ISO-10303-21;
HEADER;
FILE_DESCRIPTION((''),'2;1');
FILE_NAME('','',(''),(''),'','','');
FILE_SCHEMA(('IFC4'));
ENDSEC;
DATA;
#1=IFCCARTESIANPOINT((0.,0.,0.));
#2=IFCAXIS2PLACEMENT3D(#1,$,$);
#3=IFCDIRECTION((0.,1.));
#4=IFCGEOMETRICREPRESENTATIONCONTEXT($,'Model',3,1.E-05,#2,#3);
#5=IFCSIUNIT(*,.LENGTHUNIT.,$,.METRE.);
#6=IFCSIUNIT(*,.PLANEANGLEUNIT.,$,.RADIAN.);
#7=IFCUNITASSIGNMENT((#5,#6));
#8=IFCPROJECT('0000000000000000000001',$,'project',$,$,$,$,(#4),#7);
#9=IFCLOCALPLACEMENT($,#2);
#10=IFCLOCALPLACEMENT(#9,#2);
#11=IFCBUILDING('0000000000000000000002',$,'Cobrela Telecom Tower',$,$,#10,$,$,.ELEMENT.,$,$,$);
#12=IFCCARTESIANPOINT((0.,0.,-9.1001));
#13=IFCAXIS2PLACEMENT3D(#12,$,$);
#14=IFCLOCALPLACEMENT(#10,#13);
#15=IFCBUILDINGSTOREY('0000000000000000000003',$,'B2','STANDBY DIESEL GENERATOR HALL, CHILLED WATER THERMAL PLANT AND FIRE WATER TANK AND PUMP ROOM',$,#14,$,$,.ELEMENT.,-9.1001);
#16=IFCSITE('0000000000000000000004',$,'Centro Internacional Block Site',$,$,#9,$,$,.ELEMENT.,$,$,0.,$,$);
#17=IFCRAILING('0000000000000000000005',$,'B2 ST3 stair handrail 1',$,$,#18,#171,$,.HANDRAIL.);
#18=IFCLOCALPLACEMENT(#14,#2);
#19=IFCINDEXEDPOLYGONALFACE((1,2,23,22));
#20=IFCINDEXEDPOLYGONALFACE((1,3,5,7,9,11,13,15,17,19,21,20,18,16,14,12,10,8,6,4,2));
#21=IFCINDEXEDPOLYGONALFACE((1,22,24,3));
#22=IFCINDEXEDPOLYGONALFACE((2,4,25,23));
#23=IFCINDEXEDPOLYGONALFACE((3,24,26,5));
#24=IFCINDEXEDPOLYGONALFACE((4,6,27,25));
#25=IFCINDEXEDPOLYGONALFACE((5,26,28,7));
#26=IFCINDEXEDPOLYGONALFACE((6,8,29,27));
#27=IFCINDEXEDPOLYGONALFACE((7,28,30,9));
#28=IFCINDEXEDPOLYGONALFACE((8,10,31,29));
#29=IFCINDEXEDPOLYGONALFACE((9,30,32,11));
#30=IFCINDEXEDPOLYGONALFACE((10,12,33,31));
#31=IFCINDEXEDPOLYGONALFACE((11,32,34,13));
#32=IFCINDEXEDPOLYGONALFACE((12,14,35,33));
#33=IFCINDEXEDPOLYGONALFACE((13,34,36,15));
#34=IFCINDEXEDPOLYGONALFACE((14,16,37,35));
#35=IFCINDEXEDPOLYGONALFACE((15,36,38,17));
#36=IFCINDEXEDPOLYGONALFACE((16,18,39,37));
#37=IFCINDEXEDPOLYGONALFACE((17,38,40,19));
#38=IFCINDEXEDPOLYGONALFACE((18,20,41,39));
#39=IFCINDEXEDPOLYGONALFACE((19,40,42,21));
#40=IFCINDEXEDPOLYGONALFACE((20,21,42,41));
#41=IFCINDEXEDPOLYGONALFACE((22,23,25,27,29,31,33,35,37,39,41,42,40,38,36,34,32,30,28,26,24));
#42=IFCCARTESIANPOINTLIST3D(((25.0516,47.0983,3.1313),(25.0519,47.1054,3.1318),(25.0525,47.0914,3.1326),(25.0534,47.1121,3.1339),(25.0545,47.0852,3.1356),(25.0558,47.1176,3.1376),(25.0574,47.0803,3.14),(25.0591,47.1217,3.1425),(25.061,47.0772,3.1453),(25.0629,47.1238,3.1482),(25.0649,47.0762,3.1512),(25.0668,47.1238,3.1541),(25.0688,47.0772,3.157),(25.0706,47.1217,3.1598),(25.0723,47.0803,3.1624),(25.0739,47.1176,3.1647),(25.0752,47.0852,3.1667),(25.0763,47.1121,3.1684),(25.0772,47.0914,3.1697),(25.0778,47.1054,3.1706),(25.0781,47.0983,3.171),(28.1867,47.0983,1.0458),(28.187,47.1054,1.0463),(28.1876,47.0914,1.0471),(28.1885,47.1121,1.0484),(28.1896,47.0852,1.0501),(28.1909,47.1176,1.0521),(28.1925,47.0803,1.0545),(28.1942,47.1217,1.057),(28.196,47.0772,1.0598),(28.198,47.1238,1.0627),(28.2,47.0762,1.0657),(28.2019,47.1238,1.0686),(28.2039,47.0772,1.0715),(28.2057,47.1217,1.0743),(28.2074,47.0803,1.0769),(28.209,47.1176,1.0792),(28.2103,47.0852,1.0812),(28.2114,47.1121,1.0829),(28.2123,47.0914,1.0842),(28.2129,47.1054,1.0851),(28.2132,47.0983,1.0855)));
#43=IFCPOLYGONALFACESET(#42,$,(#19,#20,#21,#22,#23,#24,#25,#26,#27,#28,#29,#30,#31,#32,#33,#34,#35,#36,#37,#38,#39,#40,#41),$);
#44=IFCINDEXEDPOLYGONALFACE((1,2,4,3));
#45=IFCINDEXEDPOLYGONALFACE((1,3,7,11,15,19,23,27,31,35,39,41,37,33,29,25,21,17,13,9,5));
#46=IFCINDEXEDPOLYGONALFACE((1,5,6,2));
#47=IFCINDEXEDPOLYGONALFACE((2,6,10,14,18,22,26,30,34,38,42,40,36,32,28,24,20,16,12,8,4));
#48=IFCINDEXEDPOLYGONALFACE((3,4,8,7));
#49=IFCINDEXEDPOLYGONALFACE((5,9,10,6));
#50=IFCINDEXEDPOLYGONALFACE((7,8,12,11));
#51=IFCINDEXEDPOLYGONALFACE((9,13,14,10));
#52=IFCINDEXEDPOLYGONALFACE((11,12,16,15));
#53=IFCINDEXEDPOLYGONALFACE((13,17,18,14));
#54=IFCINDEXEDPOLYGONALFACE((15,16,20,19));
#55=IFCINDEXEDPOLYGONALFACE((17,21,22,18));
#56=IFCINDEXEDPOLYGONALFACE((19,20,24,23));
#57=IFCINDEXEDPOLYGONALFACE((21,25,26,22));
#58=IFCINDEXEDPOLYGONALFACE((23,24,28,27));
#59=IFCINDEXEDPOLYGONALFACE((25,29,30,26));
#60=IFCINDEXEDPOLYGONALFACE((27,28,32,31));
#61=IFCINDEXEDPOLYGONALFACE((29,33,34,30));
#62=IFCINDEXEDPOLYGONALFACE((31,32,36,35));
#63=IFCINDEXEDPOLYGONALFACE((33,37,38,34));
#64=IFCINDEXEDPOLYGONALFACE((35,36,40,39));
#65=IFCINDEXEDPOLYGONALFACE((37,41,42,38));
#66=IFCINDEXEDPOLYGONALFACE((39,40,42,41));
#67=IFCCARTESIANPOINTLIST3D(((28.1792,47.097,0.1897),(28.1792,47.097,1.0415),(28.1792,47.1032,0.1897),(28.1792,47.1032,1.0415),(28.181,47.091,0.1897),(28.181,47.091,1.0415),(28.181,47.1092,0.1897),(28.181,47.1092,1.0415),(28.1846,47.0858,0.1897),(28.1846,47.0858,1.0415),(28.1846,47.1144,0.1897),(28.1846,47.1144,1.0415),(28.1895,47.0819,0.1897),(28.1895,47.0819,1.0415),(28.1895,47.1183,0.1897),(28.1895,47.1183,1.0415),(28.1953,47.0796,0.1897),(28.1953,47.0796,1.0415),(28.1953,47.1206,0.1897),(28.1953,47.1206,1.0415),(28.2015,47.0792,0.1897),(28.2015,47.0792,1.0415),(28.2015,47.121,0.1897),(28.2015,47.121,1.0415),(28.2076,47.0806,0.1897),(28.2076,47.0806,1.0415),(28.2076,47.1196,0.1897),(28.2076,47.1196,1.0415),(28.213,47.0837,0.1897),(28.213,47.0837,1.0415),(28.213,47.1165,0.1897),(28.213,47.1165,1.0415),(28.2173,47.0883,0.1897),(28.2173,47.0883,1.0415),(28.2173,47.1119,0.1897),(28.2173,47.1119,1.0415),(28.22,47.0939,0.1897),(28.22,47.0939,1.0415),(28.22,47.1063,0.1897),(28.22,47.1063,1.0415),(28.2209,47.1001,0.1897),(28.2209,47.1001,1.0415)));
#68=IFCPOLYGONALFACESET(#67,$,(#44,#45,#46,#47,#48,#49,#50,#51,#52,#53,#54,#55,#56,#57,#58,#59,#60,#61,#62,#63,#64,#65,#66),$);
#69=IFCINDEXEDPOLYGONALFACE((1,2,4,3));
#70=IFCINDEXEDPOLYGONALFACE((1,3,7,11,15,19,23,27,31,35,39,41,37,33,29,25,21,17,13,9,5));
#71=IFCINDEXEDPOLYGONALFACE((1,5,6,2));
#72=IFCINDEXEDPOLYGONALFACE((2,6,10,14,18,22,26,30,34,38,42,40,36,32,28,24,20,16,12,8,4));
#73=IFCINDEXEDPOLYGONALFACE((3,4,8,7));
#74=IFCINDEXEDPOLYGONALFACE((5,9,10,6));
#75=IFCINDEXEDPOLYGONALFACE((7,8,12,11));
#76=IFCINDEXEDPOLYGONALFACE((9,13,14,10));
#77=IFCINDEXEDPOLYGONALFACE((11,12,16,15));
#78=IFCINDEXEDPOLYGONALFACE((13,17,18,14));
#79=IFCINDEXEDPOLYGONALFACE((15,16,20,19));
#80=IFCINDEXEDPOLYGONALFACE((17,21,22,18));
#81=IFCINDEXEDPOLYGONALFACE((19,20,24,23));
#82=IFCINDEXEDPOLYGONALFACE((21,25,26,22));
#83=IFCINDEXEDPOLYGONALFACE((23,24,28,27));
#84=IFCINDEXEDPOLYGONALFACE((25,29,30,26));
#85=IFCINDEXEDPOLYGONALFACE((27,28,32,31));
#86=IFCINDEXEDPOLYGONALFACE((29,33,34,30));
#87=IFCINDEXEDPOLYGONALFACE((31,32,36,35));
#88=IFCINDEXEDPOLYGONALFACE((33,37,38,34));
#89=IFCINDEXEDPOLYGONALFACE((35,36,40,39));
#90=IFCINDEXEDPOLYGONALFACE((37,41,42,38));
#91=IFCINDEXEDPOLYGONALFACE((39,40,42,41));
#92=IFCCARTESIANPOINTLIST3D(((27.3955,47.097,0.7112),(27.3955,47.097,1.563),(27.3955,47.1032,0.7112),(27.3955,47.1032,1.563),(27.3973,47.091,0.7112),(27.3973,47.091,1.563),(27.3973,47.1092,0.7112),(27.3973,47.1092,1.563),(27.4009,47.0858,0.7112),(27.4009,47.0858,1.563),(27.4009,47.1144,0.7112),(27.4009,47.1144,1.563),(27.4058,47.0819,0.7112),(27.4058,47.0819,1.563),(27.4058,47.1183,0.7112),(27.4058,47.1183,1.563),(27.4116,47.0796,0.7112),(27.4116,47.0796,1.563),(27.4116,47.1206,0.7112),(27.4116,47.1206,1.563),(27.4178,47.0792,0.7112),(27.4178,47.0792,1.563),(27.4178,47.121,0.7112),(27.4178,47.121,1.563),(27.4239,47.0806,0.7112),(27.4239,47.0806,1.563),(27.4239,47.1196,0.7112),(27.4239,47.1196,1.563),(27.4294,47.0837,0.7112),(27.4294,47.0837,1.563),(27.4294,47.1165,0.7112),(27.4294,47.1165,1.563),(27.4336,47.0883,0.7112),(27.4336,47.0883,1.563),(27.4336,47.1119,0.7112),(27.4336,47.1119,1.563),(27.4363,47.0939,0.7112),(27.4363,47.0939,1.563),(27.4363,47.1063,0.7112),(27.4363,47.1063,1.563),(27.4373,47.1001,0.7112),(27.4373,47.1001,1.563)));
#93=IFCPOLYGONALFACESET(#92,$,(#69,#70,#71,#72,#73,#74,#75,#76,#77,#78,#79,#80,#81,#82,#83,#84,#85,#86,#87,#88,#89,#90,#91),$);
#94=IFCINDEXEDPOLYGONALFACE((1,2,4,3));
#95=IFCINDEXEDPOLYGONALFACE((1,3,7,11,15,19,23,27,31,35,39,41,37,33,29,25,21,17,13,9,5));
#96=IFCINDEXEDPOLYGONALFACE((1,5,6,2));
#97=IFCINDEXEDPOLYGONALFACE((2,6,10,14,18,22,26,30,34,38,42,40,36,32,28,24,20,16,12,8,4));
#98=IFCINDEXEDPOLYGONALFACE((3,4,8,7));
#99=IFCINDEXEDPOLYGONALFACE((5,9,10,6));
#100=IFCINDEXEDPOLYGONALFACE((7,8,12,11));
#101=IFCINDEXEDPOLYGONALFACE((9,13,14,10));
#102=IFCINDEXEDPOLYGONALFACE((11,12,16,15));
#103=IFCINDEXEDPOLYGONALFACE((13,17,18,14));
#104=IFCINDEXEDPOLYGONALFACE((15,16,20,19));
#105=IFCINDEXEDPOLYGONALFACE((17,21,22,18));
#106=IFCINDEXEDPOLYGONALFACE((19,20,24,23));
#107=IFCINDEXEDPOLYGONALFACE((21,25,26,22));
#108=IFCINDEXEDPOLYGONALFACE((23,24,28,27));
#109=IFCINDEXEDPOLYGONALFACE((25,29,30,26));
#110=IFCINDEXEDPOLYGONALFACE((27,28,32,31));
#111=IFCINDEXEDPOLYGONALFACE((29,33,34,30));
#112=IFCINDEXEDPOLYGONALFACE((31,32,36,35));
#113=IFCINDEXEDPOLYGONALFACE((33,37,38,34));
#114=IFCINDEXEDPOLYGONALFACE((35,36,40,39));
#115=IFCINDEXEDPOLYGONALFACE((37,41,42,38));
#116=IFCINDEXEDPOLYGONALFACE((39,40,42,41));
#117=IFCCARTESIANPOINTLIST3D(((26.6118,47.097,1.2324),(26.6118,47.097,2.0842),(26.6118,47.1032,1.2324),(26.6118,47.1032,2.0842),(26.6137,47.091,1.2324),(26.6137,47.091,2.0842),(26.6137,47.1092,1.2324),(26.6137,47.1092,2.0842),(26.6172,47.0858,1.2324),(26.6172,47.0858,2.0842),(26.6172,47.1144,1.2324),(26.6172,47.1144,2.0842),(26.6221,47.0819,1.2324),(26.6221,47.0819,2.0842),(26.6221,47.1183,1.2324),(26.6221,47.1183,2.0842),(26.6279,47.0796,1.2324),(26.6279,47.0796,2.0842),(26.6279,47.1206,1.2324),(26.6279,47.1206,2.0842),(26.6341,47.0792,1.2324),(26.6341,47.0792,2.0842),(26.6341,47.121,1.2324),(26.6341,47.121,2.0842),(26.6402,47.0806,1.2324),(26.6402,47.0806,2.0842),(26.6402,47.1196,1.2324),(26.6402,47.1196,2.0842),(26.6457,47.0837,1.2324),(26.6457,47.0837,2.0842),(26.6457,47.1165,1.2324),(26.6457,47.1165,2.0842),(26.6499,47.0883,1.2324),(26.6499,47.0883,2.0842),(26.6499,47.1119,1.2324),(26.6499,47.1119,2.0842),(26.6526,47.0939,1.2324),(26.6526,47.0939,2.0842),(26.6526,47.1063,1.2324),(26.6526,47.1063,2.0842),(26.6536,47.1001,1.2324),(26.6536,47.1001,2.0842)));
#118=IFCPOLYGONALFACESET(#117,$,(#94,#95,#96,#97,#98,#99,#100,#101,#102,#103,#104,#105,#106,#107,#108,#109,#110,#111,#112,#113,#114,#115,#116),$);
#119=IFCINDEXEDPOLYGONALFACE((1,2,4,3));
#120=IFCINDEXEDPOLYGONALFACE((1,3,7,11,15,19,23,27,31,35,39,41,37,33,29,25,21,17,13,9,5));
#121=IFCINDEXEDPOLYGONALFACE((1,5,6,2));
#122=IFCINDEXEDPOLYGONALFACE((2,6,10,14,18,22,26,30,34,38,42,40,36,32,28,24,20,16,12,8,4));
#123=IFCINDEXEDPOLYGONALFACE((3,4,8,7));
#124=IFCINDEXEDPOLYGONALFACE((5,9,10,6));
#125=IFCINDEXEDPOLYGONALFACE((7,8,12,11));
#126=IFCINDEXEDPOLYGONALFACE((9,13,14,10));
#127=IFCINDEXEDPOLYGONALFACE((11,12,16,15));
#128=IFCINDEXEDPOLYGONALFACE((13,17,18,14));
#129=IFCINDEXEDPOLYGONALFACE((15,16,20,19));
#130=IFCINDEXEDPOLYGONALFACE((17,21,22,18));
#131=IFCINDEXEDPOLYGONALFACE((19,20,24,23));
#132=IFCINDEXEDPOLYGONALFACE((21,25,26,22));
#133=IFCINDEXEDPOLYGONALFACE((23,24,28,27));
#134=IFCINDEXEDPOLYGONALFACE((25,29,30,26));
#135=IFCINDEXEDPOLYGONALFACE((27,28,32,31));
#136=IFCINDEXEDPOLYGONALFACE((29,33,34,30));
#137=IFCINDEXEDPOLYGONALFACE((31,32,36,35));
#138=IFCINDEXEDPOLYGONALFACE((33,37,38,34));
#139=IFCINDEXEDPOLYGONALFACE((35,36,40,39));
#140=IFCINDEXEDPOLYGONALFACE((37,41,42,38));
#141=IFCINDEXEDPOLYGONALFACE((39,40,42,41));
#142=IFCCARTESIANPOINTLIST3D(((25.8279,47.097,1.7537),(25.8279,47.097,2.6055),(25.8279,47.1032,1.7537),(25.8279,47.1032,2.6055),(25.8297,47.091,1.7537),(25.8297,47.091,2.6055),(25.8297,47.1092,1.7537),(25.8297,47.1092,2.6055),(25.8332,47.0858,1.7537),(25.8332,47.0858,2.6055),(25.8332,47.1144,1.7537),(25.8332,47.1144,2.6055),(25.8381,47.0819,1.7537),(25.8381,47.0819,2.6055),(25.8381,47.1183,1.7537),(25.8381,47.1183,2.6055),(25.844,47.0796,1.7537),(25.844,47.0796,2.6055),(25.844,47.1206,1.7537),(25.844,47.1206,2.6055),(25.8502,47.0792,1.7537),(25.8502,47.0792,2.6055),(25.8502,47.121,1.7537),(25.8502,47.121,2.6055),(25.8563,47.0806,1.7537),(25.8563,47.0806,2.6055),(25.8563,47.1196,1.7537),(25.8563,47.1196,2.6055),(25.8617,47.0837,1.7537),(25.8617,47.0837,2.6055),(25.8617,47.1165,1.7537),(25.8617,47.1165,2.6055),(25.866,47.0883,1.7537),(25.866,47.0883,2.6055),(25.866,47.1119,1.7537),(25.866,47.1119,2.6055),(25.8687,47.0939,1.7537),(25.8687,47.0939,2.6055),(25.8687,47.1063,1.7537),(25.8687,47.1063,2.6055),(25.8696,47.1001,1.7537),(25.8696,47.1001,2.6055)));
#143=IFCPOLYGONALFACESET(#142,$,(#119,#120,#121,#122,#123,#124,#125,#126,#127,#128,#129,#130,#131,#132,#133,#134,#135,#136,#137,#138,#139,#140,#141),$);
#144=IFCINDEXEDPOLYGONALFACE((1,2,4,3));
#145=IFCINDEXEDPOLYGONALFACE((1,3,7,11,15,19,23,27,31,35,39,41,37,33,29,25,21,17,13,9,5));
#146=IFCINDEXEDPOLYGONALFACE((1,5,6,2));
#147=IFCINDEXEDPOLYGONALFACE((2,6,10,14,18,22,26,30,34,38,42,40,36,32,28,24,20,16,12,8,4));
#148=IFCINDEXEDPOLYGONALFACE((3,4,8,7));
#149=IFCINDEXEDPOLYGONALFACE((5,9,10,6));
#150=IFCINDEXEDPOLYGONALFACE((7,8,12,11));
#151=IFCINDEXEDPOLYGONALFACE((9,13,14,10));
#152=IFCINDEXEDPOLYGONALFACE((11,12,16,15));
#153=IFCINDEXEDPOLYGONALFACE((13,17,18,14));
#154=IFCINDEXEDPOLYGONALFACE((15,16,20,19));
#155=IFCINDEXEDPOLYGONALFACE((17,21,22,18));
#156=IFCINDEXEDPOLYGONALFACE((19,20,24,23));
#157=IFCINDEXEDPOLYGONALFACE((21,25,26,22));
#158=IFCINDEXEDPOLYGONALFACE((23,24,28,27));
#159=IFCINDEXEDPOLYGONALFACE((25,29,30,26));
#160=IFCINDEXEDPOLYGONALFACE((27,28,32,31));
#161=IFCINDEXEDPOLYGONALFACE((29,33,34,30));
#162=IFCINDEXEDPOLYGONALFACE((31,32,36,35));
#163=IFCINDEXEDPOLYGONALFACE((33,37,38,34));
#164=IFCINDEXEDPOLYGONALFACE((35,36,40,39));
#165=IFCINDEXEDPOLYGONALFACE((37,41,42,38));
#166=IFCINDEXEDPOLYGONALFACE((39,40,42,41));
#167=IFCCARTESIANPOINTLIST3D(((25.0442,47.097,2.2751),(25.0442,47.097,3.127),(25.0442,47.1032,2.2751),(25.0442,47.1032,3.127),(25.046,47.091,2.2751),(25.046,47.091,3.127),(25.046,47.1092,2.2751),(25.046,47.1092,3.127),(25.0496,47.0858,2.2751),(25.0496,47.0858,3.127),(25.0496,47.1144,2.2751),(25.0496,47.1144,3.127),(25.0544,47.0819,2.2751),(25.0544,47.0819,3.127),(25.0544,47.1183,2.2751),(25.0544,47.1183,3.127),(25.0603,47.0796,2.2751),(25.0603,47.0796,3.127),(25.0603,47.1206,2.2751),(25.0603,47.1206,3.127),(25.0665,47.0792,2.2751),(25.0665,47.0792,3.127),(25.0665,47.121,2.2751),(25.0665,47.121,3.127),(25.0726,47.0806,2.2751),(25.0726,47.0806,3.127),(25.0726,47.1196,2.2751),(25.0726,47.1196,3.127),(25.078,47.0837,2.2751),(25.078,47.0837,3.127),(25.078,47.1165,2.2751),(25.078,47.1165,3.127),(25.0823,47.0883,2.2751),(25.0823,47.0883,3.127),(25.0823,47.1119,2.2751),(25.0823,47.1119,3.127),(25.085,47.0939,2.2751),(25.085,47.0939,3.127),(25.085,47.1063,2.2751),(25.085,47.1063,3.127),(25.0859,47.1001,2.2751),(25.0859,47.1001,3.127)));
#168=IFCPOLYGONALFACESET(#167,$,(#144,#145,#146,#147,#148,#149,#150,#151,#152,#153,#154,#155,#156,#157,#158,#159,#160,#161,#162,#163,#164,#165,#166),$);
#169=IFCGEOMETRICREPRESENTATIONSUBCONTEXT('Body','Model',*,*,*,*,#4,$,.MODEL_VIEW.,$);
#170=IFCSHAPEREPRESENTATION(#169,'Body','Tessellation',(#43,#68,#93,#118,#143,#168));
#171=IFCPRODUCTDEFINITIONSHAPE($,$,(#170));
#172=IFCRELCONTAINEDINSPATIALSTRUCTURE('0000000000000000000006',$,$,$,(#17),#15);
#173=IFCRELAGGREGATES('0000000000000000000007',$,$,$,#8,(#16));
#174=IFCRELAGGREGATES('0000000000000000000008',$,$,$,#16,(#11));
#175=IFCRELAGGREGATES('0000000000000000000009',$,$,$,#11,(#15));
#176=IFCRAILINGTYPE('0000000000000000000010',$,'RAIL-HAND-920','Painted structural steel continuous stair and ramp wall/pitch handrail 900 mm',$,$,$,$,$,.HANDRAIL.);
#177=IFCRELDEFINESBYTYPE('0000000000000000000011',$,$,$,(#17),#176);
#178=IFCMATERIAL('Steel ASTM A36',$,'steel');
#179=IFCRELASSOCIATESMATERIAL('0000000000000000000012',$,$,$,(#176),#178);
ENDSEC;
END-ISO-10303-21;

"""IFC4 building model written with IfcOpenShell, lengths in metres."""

from ifc_helpers import new_model, si_unit, direction, frame, origin, origin_2d, place, context, subcontext, project, spatial, circle, extrude, material, type_object, element, save


model = new_model("IFC4")

# Units and contexts
model_context = context("Model", 3, precision=1e-05, world=origin(), true_north=direction((0.0, 1.0)))
body_context = subcontext(model_context, "Body", "Model", "MODEL_VIEW")
ifc_project = project(units=[si_unit("LENGTHUNIT", "METRE"), si_unit("PLANEANGLEUNIT", "RADIAN")], contexts=[model_context])

# Site, building, storey
site_placement = place(None, origin())
site = spatial("IfcSite", under=ifc_project, at=site_placement, Name="Centro Internacional Block Site", CompositionType="ELEMENT", RefElevation=0.0)
building_placement = place(site_placement, origin())
building = spatial("IfcBuilding", under=site, at=building_placement, Name="Cobrela Telecom Tower", CompositionType="ELEMENT")
storey_placement = place(building_placement, frame((0.0, 0.0, -9.1001)))
storey = spatial("IfcBuildingStorey", under=building, at=storey_placement, Name="B2", Description="STANDBY DIESEL GENERATOR HALL, CHILLED WATER THERMAL PLANT AND FIRE WATER TANK AND PUMP ROOM", CompositionType="ELEMENT", Elevation=-9.1001)

# Shared definitions
ifc_material_1 = material(Name="Steel ASTM A36", Category="steel")

# Railing
railing_type_1 = type_object("IfcRailingType", Name="RAIL-HAND-920", Description="Painted structural steel continuous stair and ramp wall/pitch handrail 900 mm", PredefinedType="HANDRAIL", material=ifc_material_1)
railing_1_placement = place(storey_placement, frame((28.2, 47.1001, 0.1897)))
element("IfcRailing", 1, at=railing_1_placement, inside=storey, type_object=railing_type_1, Name="B2 ST3 stair handrail 1", PredefinedType="HANDRAIL", context=body_context, shape_type="SweptSolid", body=[
    extrude(circle(Radius=0.0239, at=origin_2d()), frame((0.0, 0.0, 0.876), z_axis=(-0.832608, 0.0, 0.553862), x_axis=(0.0, -1.0, 0.0)), (0.0, 0.0, 1.0), 3.7654),
    extrude(circle(Radius=0.021, at=origin_2d()), origin(), (0.0, 0.0, 1.0), 0.8518),
    extrude(circle(Radius=0.021, at=origin_2d()), frame((-0.7837, 0.0, 0.5215)), (0.0, 0.0, 1.0), 0.8518),
    extrude(circle(Radius=0.021, at=origin_2d()), frame((-1.5674, 0.0, 1.0427)), (0.0, 0.0, 1.0), 0.8518),
    extrude(circle(Radius=0.021, at=origin_2d()), frame((-2.3513, 0.0, 1.564)), (0.0, 0.0, 1.0), 0.8518),
    extrude(circle(Radius=0.021, at=origin_2d()), frame((-3.135, 0.0, 2.0854)), (0.0, 0.0, 1.0), 0.8518),
])

save(model, "model.ifc")
